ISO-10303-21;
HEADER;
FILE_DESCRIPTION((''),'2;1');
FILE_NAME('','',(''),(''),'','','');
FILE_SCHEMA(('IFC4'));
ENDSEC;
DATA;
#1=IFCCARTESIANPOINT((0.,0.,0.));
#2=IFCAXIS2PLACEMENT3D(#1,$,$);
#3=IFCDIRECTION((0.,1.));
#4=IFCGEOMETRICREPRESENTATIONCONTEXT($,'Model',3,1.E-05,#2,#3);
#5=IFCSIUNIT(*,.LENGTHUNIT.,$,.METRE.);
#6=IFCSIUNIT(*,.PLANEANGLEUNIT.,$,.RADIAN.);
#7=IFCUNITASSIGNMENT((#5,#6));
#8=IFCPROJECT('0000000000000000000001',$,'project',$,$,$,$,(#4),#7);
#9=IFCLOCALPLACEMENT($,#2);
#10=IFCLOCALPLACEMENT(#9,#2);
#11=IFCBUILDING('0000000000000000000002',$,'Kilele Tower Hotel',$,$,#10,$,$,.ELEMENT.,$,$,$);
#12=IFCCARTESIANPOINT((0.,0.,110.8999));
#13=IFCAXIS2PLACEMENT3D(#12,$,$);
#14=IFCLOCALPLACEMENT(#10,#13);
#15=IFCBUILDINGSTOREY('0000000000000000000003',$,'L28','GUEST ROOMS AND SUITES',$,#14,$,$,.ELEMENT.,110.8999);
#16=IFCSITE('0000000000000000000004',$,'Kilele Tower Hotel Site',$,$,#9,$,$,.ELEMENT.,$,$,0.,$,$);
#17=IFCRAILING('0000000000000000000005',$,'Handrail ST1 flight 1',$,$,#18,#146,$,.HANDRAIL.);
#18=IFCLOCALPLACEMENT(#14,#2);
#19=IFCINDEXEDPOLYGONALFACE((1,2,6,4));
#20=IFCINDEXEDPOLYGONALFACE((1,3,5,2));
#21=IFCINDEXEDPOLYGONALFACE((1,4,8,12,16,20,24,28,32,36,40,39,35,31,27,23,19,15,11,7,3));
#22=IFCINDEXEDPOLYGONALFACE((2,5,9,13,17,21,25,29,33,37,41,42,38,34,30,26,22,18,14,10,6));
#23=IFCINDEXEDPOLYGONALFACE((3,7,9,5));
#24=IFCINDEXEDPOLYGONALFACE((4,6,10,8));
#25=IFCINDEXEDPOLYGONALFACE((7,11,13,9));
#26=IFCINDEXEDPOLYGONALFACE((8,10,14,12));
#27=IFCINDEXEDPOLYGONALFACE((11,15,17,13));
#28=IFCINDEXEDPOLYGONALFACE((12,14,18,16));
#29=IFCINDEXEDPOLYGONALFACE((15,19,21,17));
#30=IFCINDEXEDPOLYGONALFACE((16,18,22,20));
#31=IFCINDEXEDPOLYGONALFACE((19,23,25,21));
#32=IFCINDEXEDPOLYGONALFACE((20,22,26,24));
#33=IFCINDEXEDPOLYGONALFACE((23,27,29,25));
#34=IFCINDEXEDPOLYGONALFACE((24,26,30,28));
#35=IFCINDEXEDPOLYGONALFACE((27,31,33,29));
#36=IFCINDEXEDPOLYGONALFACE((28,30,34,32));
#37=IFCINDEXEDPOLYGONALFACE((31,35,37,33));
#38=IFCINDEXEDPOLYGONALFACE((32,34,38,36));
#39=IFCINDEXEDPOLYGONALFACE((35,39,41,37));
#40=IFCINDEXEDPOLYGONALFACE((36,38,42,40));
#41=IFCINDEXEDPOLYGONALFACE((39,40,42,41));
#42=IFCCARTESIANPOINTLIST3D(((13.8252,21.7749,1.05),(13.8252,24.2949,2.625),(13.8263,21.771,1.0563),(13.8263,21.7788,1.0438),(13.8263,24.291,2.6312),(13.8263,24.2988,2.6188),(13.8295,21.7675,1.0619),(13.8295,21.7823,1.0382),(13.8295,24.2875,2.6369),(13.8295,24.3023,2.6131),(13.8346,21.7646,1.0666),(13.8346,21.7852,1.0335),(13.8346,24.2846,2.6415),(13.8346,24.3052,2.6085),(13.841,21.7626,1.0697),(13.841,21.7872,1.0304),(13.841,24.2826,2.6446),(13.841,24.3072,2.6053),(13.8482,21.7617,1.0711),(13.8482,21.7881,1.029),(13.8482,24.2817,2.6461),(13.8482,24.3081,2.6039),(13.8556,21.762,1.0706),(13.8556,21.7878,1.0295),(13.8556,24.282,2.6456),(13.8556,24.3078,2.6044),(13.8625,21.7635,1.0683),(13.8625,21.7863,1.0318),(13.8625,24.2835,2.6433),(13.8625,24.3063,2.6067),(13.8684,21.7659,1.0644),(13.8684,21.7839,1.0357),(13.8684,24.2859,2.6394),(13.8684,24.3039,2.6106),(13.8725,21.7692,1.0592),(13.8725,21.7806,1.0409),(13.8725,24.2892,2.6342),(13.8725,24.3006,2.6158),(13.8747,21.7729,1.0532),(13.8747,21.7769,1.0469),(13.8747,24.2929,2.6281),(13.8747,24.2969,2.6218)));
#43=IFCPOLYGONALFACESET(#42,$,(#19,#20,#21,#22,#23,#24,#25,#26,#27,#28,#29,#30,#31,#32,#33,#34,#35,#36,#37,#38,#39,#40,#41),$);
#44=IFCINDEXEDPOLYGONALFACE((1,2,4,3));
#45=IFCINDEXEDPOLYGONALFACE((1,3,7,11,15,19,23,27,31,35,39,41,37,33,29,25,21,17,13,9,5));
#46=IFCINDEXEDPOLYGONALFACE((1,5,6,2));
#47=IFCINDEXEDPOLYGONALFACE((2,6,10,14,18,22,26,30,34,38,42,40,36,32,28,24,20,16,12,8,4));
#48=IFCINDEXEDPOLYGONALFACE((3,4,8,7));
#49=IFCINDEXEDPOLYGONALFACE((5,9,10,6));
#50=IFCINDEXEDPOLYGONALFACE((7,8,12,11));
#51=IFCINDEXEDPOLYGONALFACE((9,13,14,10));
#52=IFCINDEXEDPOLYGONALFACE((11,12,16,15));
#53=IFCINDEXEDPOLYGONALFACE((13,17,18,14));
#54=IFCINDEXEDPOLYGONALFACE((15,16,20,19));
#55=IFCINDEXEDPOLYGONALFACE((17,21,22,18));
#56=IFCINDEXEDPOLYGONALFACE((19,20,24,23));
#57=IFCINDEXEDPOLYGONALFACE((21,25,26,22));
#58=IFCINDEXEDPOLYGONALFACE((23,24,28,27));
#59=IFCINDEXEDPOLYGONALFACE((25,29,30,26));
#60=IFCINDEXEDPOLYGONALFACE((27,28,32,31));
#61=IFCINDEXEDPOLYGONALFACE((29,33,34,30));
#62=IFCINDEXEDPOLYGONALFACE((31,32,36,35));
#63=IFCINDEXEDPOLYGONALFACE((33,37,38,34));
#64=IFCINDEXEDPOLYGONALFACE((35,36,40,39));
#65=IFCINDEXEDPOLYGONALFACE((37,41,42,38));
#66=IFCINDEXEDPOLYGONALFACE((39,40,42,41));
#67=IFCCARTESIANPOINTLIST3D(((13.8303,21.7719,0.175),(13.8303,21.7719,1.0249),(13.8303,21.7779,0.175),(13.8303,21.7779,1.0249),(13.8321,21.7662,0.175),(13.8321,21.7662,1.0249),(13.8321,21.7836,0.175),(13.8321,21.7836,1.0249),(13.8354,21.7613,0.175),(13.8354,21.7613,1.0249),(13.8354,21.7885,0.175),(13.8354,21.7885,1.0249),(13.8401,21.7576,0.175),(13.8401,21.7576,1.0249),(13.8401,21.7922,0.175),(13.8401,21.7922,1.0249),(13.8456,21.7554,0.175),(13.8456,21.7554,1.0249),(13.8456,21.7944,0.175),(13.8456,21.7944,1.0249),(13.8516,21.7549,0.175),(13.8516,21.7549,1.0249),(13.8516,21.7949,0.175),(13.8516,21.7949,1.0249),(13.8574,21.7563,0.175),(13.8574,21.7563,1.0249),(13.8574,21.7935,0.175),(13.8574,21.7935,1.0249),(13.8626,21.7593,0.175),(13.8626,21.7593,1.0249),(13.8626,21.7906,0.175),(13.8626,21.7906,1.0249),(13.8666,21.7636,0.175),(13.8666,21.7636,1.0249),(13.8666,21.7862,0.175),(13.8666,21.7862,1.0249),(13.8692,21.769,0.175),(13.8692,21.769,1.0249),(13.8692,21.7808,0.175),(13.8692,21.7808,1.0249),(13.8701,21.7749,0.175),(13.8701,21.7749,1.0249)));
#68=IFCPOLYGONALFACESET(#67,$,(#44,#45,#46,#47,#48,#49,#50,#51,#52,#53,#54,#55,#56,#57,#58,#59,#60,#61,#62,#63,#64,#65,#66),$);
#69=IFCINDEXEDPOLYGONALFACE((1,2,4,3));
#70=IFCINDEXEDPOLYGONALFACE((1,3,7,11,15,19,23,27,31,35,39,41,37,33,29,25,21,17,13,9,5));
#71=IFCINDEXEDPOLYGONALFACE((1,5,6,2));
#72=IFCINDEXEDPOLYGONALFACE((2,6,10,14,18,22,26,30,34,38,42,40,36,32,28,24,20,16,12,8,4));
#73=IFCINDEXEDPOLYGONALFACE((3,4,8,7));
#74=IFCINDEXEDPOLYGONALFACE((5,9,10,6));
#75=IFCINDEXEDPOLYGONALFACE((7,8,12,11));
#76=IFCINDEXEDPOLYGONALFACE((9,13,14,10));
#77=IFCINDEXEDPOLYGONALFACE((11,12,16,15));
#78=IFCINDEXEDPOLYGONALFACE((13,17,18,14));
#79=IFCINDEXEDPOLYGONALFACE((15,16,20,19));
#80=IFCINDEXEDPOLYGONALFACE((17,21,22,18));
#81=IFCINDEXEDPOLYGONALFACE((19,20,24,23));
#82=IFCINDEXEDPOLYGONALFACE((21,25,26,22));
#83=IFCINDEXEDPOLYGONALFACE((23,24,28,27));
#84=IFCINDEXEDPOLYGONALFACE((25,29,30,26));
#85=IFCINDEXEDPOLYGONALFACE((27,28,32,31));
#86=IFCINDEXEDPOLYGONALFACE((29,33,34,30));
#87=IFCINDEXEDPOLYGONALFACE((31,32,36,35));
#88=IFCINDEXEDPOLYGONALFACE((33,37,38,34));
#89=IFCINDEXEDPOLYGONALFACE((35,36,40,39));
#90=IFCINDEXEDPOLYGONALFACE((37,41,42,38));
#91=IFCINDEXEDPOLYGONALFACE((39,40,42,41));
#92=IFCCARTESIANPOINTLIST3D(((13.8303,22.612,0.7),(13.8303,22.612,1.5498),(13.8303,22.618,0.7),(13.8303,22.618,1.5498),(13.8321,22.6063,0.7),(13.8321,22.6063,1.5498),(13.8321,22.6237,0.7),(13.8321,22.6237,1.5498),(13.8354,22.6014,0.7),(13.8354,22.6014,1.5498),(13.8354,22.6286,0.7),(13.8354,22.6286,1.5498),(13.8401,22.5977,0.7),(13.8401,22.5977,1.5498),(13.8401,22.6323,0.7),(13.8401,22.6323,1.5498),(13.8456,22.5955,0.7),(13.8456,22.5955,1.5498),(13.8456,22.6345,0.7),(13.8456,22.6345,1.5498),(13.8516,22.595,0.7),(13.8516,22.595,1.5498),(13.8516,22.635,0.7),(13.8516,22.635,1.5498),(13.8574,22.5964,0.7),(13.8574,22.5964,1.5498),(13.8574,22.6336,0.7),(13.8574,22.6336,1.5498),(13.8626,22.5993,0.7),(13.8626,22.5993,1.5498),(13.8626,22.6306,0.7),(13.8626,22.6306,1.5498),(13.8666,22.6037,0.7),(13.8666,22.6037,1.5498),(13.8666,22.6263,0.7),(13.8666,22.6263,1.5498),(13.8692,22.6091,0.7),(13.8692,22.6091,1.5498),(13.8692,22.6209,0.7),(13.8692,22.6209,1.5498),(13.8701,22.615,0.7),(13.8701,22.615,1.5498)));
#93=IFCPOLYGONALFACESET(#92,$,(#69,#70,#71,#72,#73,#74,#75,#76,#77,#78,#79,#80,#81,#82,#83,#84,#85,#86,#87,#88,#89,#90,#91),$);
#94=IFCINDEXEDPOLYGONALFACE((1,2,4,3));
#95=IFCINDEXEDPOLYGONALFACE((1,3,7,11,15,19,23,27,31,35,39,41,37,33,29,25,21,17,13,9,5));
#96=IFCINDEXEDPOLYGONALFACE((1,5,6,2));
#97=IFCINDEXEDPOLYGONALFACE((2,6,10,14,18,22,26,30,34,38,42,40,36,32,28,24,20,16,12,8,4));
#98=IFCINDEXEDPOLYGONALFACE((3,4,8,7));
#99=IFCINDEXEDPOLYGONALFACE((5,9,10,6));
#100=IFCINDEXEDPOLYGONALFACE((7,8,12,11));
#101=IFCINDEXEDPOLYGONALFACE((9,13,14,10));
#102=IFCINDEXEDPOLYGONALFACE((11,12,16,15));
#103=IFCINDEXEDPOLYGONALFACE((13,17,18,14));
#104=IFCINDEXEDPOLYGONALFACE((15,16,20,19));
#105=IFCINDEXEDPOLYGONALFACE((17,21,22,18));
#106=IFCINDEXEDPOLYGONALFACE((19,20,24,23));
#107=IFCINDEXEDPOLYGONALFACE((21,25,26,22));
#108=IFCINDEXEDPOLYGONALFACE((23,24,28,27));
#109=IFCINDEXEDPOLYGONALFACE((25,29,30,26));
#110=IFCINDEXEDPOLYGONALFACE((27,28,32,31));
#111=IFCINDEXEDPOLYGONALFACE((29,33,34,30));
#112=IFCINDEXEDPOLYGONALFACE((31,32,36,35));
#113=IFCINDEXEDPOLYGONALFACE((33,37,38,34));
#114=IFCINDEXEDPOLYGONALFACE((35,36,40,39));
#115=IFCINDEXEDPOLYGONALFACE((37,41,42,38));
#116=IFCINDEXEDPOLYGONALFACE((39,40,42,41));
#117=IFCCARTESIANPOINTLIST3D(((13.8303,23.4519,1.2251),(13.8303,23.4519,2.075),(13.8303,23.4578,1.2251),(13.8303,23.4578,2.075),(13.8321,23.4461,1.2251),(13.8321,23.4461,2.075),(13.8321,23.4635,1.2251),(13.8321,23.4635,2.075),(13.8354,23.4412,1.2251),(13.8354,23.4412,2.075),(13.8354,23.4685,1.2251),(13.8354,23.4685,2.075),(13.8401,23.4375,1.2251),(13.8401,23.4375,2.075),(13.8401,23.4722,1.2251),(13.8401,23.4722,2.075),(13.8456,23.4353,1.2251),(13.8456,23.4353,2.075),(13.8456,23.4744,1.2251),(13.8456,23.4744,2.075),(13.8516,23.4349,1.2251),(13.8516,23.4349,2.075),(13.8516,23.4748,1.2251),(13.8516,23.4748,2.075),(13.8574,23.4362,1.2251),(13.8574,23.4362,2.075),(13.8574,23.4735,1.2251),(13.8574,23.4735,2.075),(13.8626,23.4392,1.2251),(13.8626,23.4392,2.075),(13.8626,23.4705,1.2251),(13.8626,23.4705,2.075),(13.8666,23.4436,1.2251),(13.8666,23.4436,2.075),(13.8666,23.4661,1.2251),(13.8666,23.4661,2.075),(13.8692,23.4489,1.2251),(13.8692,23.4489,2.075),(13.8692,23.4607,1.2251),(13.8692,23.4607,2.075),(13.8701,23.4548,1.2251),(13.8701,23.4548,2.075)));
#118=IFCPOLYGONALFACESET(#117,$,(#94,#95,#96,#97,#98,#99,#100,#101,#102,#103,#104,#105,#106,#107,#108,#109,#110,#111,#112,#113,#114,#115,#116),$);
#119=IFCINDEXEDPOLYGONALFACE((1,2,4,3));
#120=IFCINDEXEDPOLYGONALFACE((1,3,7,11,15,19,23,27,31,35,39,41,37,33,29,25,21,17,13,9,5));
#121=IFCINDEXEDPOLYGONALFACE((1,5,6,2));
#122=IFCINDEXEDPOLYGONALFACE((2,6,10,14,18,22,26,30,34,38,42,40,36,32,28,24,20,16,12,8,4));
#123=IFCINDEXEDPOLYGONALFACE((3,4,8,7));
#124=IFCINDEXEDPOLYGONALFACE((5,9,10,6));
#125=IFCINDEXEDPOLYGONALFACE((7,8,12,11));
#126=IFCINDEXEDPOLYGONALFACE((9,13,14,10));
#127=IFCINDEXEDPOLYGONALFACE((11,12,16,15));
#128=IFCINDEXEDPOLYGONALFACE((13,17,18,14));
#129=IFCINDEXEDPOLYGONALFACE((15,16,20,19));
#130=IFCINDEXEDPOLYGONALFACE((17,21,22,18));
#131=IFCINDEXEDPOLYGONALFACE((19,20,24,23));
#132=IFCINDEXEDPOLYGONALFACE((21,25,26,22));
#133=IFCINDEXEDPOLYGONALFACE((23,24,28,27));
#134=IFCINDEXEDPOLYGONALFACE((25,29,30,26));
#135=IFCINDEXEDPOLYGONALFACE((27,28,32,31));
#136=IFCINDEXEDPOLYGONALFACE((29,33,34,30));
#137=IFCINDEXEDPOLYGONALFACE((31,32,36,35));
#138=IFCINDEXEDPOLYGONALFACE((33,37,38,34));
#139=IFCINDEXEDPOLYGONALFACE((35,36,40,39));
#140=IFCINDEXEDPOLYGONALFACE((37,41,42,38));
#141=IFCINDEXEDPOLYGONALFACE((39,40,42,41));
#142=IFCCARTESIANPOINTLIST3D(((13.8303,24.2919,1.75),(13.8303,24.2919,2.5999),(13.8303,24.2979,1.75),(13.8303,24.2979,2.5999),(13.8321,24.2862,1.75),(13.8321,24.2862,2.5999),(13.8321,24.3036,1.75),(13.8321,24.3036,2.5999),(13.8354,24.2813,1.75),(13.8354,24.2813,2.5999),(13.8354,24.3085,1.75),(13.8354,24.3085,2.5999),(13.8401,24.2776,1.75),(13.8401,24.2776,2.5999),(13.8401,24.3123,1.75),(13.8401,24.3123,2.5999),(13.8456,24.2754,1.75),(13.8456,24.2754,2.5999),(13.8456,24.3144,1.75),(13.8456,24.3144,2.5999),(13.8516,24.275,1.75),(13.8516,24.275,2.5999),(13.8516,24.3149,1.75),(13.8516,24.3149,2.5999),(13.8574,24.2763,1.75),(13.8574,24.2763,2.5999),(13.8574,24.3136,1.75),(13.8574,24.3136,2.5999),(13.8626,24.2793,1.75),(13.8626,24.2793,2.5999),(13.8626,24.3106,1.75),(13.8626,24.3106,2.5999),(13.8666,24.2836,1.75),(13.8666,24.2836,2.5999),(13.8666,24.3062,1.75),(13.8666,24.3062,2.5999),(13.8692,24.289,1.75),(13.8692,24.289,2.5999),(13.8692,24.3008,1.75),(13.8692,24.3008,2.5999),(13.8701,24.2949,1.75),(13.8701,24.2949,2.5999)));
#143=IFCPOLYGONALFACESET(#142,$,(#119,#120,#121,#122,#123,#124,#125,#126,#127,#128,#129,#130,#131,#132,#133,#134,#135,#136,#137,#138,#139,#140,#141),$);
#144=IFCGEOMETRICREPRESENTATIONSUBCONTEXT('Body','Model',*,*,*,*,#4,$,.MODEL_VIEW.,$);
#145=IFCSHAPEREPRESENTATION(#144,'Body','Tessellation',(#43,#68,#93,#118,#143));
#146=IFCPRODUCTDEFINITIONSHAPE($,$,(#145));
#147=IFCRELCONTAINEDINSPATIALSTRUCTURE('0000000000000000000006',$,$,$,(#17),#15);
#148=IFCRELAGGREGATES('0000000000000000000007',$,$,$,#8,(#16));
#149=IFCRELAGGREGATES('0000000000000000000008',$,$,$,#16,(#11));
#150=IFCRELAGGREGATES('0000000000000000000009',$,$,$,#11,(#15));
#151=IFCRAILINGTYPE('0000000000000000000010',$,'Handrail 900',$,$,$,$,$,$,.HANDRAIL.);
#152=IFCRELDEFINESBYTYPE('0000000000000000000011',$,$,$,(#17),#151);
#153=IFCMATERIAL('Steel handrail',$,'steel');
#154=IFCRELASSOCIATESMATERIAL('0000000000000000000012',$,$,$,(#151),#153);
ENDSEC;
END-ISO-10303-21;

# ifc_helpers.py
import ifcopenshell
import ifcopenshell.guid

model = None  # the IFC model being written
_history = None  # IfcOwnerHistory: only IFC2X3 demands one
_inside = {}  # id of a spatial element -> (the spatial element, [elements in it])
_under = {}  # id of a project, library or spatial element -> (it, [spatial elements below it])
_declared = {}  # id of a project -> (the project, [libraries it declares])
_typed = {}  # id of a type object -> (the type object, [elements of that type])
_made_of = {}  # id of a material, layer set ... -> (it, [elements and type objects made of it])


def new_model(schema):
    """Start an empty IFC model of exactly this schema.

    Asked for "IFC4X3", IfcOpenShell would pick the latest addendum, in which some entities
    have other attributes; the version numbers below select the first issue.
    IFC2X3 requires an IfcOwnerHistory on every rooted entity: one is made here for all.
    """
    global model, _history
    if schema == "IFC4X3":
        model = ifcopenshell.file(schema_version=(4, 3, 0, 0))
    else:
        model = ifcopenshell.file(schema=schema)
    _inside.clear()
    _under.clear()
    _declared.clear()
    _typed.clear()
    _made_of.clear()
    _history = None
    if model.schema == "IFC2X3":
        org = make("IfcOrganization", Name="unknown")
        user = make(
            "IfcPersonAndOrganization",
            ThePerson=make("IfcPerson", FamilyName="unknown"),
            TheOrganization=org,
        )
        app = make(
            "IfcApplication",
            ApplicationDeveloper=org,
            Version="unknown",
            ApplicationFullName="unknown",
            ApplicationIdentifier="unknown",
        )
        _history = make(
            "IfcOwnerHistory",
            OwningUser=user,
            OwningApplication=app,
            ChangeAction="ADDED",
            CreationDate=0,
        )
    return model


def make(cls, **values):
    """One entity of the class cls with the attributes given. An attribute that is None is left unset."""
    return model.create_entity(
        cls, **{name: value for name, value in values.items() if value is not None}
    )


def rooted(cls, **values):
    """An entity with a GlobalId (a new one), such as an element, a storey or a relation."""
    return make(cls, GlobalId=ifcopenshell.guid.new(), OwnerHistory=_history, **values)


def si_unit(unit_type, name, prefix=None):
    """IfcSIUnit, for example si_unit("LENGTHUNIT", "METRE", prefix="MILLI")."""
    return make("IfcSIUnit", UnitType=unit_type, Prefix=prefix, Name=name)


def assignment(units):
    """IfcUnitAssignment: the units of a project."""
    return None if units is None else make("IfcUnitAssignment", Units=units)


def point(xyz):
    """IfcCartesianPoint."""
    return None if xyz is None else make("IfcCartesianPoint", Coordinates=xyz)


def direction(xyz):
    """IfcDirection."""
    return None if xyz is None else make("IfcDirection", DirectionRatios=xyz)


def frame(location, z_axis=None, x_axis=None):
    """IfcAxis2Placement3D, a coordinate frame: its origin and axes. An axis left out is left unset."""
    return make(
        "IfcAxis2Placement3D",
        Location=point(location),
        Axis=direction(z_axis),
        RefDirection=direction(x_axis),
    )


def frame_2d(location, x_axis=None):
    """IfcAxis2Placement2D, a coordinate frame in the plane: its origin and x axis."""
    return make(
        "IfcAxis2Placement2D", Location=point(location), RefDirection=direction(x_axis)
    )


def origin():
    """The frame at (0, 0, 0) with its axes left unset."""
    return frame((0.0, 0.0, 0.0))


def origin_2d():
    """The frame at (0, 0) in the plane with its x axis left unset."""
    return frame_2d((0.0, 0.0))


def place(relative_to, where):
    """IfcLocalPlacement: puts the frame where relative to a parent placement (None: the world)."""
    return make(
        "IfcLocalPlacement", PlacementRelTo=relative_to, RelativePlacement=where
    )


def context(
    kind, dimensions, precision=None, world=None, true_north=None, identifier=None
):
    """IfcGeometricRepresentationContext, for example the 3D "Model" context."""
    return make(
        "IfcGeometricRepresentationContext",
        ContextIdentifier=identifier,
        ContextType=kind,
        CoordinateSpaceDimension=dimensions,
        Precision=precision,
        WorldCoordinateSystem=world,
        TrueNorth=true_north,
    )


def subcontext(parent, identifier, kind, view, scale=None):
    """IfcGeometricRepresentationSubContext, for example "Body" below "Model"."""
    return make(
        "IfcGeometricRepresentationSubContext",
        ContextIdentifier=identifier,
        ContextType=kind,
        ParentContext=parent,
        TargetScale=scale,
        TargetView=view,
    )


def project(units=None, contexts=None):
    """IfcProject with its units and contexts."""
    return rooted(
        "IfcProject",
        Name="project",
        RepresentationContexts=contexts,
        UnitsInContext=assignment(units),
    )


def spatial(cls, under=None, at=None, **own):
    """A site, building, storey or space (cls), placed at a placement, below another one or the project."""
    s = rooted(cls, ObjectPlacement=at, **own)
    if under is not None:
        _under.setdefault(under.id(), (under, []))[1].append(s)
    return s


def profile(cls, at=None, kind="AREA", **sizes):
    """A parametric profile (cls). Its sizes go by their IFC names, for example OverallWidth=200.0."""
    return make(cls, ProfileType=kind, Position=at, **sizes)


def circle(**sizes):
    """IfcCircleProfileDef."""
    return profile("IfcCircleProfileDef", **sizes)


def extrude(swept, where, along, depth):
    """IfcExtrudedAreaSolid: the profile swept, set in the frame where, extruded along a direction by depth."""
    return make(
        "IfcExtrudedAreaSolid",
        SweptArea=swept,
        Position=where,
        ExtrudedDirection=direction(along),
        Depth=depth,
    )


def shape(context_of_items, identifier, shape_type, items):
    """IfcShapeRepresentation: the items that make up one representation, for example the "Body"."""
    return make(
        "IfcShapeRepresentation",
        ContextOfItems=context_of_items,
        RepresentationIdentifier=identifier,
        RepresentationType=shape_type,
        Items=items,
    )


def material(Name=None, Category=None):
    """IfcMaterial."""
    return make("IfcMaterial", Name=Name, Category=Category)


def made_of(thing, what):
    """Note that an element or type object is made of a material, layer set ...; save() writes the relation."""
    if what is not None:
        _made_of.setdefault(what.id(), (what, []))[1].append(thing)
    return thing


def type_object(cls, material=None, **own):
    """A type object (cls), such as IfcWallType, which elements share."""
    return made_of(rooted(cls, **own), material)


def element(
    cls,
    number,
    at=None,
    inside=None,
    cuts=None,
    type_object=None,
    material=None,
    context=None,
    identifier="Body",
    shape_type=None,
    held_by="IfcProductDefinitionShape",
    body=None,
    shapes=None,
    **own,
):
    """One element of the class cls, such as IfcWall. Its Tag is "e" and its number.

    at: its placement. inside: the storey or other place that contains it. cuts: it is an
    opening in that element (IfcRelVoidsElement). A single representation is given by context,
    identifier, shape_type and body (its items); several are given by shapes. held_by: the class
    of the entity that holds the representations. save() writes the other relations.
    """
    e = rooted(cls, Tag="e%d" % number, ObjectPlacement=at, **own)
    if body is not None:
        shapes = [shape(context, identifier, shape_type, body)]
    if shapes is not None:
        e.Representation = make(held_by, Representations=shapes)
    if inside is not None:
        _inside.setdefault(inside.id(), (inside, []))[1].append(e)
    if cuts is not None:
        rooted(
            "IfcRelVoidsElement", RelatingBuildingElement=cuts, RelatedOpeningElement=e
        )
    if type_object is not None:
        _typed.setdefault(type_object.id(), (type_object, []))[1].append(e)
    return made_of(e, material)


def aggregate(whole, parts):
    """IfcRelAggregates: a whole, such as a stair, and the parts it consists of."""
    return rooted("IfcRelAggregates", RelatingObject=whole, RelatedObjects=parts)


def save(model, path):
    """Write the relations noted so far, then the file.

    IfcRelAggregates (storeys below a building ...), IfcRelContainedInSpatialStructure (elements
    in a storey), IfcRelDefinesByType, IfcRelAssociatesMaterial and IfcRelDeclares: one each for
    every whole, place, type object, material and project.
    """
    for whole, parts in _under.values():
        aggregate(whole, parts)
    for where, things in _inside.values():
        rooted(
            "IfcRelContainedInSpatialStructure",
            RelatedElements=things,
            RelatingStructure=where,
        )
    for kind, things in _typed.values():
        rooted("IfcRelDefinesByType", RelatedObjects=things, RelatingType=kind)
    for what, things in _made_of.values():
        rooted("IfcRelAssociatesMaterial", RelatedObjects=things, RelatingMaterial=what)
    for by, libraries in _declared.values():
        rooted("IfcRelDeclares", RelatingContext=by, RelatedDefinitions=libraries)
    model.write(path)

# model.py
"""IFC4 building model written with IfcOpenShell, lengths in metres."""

from ifc_helpers import new_model, si_unit, direction, frame, origin, origin_2d, place, context, subcontext, project, spatial, circle, extrude, material, type_object, element, save


model = new_model("IFC4")

# Units and contexts
model_context = context("Model", 3, precision=1e-05, world=origin(), true_north=direction((0.0, 1.0)))
body_context = subcontext(model_context, "Body", "Model", "MODEL_VIEW")
ifc_project = project(units=[si_unit("LENGTHUNIT", "METRE"), si_unit("PLANEANGLEUNIT", "RADIAN")], contexts=[model_context])

# Site, building, storey
site_placement = place(None, origin())
site = spatial("IfcSite", under=ifc_project, at=site_placement, Name="Kilele Tower Hotel Site", CompositionType="ELEMENT", RefElevation=0.0)
building_placement = place(site_placement, origin())
building = spatial("IfcBuilding", under=site, at=building_placement, Name="Kilele Tower Hotel", CompositionType="ELEMENT")
storey_placement = place(building_placement, frame((0.0, 0.0, 110.8999)))
storey = spatial("IfcBuildingStorey", under=building, at=storey_placement, Name="L28", Description="GUEST ROOMS AND SUITES", CompositionType="ELEMENT", Elevation=110.8999)

# Railing
ifc_material_1 = material(Name="Steel handrail", Category="steel")
railing_type_1 = type_object("IfcRailingType", Name="Handrail 900", PredefinedType="HANDRAIL", material=ifc_material_1)
for number, where, name in (
    (1, (13.8501, 21.7749, 0.175), "Handrail ST1 flight 1"),
):
    element("IfcRailing", number, at=place(storey_placement, frame(where)), inside=storey, type_object=railing_type_1, Name=name, PredefinedType="HANDRAIL", context=body_context, shape_type="SweptSolid", body=[
        extrude(circle(Radius=0.0249, at=origin_2d()), frame((0.0, 0.0, 0.875), z_axis=(0.0, 0.848008, 0.529984), x_axis=(-1.0, 0.0, 0.0)), (0.0, 0.0, 1.0), 2.9717),
        extrude(circle(Radius=0.02, at=origin_2d()), origin(), (0.0, 0.0, 1.0), 0.8499),
        extrude(circle(Radius=0.02, at=origin_2d()), frame((0.0, 0.8401, 0.5249)), (0.0, 0.0, 1.0), 0.8499),
        extrude(circle(Radius=0.02, at=origin_2d()), frame((0.0, 1.6799, 1.05)), (0.0, 0.0, 1.0), 0.8499),
        extrude(circle(Radius=0.02, at=origin_2d()), frame((0.0, 2.52, 1.575)), (0.0, 0.0, 1.0), 0.8499),
    ])

save(model, "model.ifc")
